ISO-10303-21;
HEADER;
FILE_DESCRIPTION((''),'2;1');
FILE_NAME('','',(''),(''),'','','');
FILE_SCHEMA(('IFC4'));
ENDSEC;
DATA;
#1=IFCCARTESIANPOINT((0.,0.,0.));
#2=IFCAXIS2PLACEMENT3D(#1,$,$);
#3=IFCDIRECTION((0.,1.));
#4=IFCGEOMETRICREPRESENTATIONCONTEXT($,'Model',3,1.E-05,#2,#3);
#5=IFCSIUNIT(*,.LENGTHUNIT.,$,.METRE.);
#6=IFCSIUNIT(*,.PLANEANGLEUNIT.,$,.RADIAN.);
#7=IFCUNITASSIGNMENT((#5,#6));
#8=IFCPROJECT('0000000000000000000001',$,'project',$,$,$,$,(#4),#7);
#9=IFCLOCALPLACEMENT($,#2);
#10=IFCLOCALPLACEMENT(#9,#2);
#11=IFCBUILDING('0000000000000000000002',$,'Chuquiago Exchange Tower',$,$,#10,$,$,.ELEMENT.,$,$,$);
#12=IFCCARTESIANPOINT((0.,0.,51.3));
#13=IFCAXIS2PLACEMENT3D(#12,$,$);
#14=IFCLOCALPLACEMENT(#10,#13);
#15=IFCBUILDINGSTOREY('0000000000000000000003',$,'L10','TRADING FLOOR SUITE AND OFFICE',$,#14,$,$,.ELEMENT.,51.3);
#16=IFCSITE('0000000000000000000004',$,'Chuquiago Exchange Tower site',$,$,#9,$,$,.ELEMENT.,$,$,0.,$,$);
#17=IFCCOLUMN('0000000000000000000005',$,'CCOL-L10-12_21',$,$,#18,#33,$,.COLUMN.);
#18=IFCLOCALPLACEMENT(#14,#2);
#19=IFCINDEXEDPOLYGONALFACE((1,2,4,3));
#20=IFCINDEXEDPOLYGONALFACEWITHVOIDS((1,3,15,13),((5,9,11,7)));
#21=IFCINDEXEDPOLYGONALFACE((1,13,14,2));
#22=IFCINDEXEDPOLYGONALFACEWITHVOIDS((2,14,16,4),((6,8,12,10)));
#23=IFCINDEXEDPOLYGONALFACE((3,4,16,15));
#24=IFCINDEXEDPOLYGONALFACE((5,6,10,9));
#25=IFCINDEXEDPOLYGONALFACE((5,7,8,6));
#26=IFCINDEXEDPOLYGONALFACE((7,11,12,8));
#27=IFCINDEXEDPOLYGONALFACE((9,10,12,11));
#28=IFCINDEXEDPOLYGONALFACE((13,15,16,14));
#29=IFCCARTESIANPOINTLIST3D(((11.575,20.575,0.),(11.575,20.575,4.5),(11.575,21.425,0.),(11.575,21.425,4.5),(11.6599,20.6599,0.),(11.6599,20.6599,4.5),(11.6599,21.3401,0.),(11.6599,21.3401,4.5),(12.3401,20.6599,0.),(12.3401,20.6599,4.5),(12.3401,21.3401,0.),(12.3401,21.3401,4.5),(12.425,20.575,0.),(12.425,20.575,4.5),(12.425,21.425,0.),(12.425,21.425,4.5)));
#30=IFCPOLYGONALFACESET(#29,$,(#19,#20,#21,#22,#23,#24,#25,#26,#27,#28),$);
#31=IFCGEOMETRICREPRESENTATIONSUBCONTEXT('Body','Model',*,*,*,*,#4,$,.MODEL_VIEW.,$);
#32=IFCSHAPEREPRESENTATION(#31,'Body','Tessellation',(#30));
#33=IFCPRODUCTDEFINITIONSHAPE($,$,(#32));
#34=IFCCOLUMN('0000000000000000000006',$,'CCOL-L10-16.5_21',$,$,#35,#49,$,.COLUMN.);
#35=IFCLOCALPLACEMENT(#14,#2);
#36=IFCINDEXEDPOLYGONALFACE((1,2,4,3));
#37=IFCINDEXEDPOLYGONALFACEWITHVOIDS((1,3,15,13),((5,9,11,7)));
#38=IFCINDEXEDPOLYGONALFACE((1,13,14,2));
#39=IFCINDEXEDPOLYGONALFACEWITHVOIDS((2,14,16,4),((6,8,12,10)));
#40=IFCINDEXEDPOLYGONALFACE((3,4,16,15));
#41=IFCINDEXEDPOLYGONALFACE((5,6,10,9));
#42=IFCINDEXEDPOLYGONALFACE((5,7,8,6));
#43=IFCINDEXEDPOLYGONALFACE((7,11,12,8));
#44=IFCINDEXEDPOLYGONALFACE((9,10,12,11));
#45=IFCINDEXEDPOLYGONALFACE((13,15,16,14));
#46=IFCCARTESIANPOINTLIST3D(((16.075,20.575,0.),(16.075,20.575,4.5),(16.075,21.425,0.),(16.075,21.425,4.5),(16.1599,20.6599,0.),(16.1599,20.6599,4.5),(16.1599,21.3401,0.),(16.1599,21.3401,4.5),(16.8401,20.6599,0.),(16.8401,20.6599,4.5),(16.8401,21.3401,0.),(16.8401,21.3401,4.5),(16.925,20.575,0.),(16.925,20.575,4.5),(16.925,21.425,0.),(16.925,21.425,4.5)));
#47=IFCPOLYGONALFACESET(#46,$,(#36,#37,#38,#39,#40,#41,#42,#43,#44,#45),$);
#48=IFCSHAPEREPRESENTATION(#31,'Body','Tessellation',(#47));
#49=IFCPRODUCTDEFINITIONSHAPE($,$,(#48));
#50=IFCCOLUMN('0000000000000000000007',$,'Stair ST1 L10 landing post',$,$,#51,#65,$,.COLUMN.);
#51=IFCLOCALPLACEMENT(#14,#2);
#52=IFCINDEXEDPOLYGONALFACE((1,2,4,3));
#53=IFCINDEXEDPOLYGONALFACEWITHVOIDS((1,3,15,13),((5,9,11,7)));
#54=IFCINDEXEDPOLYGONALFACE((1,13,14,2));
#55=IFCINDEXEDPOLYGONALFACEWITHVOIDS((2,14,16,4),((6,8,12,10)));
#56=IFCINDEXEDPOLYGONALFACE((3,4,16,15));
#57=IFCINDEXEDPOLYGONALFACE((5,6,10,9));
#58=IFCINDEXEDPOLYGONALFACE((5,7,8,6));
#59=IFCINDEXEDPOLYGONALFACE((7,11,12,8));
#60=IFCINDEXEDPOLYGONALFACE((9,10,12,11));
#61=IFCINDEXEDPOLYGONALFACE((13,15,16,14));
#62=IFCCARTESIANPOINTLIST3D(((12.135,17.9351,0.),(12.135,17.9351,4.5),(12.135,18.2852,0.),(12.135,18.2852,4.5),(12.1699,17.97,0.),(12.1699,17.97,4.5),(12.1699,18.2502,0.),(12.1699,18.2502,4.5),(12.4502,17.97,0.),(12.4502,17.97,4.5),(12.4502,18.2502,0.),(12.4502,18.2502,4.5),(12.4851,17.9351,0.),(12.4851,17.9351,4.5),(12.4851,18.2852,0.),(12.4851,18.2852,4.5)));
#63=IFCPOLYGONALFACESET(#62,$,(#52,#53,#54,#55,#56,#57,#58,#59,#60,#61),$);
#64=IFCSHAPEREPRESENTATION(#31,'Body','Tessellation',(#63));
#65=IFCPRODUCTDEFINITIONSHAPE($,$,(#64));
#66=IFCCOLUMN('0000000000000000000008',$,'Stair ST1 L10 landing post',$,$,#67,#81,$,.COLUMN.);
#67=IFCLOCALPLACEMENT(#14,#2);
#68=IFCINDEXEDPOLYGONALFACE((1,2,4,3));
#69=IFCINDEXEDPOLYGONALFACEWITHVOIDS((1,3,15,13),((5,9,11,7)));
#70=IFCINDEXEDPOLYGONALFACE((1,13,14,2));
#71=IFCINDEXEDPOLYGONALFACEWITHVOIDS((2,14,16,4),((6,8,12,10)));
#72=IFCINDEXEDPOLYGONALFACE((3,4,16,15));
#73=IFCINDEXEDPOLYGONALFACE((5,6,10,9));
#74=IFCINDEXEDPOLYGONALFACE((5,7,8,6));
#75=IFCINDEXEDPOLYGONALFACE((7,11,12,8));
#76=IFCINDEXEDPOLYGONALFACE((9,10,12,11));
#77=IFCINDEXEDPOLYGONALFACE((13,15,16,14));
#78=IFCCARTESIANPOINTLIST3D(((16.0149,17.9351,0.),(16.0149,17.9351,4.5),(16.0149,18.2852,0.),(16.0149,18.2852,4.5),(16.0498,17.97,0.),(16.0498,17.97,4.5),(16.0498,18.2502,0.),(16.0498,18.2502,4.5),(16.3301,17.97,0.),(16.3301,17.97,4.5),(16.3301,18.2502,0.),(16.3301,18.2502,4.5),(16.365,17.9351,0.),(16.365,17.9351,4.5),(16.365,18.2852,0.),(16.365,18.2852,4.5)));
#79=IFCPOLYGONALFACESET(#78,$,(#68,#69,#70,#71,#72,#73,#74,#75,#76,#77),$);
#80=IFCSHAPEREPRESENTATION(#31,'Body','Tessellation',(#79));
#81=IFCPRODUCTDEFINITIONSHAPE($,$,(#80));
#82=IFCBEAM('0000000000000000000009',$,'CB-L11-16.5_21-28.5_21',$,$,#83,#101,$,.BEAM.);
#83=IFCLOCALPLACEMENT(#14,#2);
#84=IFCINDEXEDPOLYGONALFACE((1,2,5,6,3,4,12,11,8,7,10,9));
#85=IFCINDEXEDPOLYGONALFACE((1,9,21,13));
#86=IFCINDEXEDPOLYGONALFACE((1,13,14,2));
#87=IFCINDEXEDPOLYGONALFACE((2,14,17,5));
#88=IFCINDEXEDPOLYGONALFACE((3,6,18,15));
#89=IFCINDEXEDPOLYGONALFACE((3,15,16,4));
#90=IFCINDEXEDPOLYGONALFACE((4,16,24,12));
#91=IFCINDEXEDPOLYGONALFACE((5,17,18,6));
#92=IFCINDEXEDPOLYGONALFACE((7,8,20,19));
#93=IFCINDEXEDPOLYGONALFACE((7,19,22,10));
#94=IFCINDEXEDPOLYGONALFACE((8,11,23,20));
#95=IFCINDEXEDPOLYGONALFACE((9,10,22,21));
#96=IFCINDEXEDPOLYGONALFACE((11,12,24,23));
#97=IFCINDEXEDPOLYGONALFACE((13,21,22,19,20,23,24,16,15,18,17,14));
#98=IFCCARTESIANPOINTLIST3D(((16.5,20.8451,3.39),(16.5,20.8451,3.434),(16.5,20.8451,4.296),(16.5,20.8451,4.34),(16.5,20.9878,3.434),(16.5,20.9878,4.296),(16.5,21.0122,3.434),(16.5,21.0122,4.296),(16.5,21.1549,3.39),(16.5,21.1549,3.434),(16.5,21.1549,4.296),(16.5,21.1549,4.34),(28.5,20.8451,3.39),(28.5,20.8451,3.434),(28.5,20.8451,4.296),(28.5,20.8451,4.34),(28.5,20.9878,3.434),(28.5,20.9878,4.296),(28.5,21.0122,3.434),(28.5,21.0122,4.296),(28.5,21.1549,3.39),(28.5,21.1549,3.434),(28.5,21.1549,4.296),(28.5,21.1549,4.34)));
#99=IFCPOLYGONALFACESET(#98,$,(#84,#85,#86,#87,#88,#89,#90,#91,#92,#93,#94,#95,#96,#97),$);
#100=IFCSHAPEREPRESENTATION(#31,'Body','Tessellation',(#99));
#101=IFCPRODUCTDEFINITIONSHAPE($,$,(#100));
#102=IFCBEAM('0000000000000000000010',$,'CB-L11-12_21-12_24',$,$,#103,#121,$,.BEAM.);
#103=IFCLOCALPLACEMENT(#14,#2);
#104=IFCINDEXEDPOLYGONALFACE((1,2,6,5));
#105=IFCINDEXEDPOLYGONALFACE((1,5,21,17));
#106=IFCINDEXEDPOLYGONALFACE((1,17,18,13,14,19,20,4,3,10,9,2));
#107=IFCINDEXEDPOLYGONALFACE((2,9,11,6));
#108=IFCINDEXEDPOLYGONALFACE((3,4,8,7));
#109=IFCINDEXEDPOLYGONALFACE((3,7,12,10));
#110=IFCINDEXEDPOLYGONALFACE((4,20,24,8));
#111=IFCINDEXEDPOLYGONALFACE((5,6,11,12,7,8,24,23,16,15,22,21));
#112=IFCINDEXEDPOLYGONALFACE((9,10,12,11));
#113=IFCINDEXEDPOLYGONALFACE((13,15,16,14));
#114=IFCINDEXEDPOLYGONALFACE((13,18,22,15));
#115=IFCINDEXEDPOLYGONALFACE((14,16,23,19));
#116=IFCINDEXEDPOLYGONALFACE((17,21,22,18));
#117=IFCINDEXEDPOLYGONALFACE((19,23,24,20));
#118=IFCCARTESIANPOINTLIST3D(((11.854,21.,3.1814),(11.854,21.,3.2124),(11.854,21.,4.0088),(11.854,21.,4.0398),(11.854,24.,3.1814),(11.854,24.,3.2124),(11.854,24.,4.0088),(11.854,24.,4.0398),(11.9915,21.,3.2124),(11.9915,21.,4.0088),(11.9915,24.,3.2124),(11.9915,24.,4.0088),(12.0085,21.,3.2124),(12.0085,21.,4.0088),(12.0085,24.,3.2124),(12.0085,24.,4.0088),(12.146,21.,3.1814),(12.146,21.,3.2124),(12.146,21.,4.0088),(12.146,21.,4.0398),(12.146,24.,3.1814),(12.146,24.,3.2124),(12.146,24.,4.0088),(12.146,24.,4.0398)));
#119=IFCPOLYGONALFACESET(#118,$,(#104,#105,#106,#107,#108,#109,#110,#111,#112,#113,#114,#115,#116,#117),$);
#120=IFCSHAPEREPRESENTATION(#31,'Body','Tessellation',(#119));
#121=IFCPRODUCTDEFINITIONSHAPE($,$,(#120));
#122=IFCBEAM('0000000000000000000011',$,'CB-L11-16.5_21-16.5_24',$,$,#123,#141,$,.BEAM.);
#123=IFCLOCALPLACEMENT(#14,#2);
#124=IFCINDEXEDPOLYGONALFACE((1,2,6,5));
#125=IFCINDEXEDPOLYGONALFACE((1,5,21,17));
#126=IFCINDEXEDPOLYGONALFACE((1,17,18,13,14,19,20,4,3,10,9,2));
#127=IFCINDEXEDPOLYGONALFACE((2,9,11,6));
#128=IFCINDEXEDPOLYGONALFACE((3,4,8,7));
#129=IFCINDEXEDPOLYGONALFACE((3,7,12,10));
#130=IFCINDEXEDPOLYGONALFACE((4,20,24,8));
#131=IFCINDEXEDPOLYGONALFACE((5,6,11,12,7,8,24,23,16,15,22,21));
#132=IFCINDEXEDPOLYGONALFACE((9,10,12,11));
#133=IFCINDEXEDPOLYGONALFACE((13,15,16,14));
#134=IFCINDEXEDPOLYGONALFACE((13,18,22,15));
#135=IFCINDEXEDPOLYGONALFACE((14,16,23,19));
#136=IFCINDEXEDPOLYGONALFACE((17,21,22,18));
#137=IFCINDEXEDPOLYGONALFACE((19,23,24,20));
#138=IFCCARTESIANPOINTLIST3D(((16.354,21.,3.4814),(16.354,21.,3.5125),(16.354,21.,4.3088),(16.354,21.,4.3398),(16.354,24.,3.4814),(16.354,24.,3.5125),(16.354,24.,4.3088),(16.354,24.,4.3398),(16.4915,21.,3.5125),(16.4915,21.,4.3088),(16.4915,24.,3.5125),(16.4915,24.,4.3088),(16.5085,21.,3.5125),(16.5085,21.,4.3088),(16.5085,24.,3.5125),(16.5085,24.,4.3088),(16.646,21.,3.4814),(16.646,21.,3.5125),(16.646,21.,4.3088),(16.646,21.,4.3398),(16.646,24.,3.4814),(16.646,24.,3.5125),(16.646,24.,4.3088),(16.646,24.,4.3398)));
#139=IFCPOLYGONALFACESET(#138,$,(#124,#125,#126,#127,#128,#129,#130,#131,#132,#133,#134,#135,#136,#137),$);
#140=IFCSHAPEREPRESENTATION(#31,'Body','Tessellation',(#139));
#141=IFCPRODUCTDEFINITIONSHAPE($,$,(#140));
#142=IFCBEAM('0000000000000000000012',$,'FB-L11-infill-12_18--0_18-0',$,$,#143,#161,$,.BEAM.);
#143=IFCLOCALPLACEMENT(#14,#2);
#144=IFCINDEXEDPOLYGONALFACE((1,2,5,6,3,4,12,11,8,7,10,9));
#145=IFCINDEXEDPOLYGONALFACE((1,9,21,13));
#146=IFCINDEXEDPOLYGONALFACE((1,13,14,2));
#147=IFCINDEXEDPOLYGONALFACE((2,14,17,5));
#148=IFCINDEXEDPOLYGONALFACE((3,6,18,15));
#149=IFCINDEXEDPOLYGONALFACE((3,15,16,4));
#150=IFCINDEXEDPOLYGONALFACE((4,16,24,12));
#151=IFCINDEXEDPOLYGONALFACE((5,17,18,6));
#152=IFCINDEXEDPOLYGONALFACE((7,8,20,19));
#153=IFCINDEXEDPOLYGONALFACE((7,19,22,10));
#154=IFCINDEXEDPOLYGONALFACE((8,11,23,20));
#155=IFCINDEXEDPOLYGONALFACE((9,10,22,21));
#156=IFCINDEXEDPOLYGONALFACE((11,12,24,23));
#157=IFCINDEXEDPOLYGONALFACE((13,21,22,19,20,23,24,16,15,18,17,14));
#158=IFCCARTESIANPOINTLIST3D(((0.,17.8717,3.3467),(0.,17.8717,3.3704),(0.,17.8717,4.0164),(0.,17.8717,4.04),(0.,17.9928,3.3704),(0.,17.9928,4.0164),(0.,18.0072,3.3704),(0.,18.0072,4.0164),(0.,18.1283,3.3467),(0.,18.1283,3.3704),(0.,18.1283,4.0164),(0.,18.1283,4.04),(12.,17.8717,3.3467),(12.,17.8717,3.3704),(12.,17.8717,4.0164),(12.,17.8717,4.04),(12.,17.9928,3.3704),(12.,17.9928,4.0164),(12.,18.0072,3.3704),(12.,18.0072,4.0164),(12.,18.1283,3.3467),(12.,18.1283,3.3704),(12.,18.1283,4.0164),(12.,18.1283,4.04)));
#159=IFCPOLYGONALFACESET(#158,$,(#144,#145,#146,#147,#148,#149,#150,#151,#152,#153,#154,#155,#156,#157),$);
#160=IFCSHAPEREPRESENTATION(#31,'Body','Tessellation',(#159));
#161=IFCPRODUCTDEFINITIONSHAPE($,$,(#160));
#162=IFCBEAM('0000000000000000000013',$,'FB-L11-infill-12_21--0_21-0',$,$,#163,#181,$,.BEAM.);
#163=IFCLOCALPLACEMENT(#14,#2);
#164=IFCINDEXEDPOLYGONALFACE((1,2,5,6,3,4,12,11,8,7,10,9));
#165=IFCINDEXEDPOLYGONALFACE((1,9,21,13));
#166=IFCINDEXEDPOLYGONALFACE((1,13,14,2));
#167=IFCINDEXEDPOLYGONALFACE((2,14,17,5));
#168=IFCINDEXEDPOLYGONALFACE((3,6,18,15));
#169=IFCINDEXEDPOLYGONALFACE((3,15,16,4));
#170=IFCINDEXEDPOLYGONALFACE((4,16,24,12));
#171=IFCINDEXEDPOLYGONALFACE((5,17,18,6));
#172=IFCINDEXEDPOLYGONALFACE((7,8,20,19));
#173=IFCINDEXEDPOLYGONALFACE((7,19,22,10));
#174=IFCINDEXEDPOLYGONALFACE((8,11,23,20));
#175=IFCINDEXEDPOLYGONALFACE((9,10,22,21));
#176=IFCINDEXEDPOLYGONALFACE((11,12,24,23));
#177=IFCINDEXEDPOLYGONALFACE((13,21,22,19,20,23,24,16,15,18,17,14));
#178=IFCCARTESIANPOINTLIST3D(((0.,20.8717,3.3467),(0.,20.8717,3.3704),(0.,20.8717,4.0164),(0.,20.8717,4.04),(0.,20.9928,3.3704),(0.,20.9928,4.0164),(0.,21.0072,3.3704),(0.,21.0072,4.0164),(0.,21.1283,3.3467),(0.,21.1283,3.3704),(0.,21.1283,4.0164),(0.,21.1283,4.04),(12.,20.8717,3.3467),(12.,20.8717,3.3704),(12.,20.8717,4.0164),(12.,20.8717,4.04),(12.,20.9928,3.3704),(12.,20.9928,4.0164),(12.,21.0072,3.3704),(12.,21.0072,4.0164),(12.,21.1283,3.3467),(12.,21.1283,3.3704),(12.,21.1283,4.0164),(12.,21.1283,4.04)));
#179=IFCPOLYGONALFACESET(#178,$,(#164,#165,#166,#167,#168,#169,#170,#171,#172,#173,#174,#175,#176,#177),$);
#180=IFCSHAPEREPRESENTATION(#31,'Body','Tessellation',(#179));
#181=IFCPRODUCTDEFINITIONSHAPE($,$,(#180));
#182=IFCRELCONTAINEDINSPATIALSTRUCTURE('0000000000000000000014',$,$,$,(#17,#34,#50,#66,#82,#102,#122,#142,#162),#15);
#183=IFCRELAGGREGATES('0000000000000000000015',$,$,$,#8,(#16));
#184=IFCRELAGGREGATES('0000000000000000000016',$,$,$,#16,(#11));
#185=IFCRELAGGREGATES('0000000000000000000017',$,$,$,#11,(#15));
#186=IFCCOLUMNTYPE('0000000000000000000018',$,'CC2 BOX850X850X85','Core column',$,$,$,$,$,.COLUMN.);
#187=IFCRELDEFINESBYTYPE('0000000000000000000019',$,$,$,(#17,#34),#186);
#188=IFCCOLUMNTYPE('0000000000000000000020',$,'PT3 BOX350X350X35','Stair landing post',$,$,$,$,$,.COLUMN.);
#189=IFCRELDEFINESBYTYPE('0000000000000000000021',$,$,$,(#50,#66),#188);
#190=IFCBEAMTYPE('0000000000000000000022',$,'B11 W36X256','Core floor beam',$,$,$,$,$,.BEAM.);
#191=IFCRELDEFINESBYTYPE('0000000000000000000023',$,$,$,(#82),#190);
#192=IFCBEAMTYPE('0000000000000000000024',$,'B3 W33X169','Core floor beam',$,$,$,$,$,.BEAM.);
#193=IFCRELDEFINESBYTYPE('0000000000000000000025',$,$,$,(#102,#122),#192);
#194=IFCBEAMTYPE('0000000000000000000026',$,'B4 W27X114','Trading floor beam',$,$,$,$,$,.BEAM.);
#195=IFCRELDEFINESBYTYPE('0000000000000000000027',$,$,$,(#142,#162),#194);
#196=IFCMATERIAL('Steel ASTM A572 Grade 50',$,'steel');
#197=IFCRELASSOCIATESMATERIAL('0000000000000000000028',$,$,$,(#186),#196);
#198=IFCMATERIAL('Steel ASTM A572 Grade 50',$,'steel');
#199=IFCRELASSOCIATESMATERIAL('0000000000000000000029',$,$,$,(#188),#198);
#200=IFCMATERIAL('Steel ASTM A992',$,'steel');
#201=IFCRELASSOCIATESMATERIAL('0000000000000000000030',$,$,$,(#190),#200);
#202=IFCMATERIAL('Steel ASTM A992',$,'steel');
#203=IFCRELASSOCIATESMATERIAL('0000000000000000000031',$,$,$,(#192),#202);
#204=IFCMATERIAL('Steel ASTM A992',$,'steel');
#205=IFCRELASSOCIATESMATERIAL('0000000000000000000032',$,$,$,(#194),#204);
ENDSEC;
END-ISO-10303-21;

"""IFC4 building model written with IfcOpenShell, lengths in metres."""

from ifc_helpers import new_model, si_unit, direction, frame, origin, origin_2d, place, context, subcontext, project, spatial, hollow_rectangle, i_section, extrude, material, material_profile, profile_set, type_object, element, save


model = new_model("IFC4")

# Units and contexts
model_context = context("Model", 3, precision=1e-05, world=origin(), true_north=direction((0.0, 1.0)))
body_context = subcontext(model_context, "Body", "Model", "MODEL_VIEW")
ifc_project = project(units=[si_unit("LENGTHUNIT", "METRE"), si_unit("PLANEANGLEUNIT", "RADIAN")], contexts=[model_context])

# Site, building, storey
site_placement = place(None, origin())
site = spatial("IfcSite", under=ifc_project, at=site_placement, Name="Chuquiago Exchange Tower site", CompositionType="ELEMENT", RefElevation=0.0)
building_placement = place(site_placement, origin())
building = spatial("IfcBuilding", under=site, at=building_placement, Name="Chuquiago Exchange Tower", CompositionType="ELEMENT")
storey_placement = place(building_placement, frame((0.0, 0.0, 51.3)))
storey = spatial("IfcBuildingStorey", under=building, at=storey_placement, Name="L10", Description="TRADING FLOOR SUITE AND OFFICE", CompositionType="ELEMENT", Elevation=51.3)

# Columns
ifc_material_1 = material(Name="Steel ASTM A572 Grade 50", Category="steel")
ifc_material_profile_1 = material_profile(ifc_material_1, hollow_rectangle(XDim=0.8501, YDim=0.8501, WallThickness=0.085, at=origin_2d()), Name="BOX850X850X85")
ifc_profile_set_1 = profile_set([ifc_material_profile_1], Name="Steel ASTM A572 Grade 50")
column_type_1 = type_object("IfcColumnType", Name="CC2 BOX850X850X85", Description="Core column", PredefinedType="COLUMN", material=ifc_profile_set_1)
for number, where, z_axis, x_axis, name in (
    (1, (12.0, 21.0, 0.0), (0.0, 0.0, 1.0), (1.0, 0.0, 0.0), "CCOL-L10-12_21"),
    (2, (16.5, 21.0, 0.0), (0.0, 0.0, 1.0), (1.0, 0.0, 0.0), "CCOL-L10-16.5_21"),
):
    element("IfcColumn", number, at=place(storey_placement, frame(where, z_axis=z_axis, x_axis=x_axis)), inside=storey, type_object=column_type_1, Name=name, PredefinedType="COLUMN", context=body_context, shape_type="SweptSolid", body=[
        extrude(hollow_rectangle(XDim=0.8501, YDim=0.8501, WallThickness=0.085, at=origin_2d()), origin(), (0.0, 0.0, 1.0), 4.5),
    ])
ifc_material_2 = material(Name="Steel ASTM A572 Grade 50", Category="steel")
ifc_material_profile_2 = material_profile(ifc_material_2, hollow_rectangle(XDim=0.3501, YDim=0.3501, WallThickness=0.0349, at=origin_2d()), Name="BOX350X350X35")
ifc_profile_set_2 = profile_set([ifc_material_profile_2], Name="Steel ASTM A572 Grade 50")
column_type_2 = type_object("IfcColumnType", Name="PT3 BOX350X350X35", Description="Stair landing post", PredefinedType="COLUMN", material=ifc_profile_set_2)
for number, where, z_axis, x_axis, name in (
    (3, (12.3101, 18.1101, 0.0), (0.0, 0.0, 1.0), (1.0, 0.0, 0.0), "Stair ST1 L10 landing post"),
    (4, (16.1899, 18.1101, 0.0), (0.0, 0.0, 1.0), (1.0, 0.0, 0.0), "Stair ST1 L10 landing post"),
):
    element("IfcColumn", number, at=place(storey_placement, frame(where, z_axis=z_axis, x_axis=x_axis)), inside=storey, type_object=column_type_2, Name=name, PredefinedType="COLUMN", context=body_context, shape_type="SweptSolid", body=[
        extrude(hollow_rectangle(XDim=0.3501, YDim=0.3501, WallThickness=0.0349, at=origin_2d()), origin(), (0.0, 0.0, 1.0), 4.5),
    ])

# Beams
ifc_material_3 = material(Name="Steel ASTM A992", Category="steel")
ifc_material_profile_3 = material_profile(ifc_material_3, i_section(OverallWidth=0.3098, OverallDepth=0.95, WebThickness=0.0244, FlangeThickness=0.0439, at=origin_2d()), Name="W36X256")
ifc_profile_set_3 = profile_set([ifc_material_profile_3], Name="Steel ASTM A992")
beam_type_1 = type_object("IfcBeamType", Name="B11 W36X256", Description="Core floor beam", PredefinedType="BEAM", material=ifc_profile_set_3)
beam_1_placement = place(storey_placement, frame((16.5, 21.0, 3.865), z_axis=(1.0, 0.0, 0.0), x_axis=(0.0, 1.0, 0.0)))
element("IfcBeam", 5, at=beam_1_placement, inside=storey, type_object=beam_type_1, Name="CB-L11-16.5_21-28.5_21", PredefinedType="BEAM", context=body_context, shape_type="SweptSolid", body=[
    extrude(i_section(OverallWidth=0.3098, OverallDepth=0.95, WebThickness=0.0244, FlangeThickness=0.0439, at=origin_2d()), origin(), (0.0, 0.0, 1.0), 12.0),
])
ifc_material_4 = material(Name="Steel ASTM A992", Category="steel")
ifc_material_profile_4 = material_profile(ifc_material_4, i_section(OverallWidth=0.292, OverallDepth=0.8584, WebThickness=0.0171, FlangeThickness=0.031, at=origin_2d()), Name="W33X169")
ifc_profile_set_4 = profile_set([ifc_material_profile_4], Name="Steel ASTM A992")
beam_type_2 = type_object("IfcBeamType", Name="B3 W33X169", Description="Core floor beam", PredefinedType="BEAM", material=ifc_profile_set_4)
for number, where, z_axis, x_axis, name in (
    (6, (12.0, 21.0, 3.6106), (0.0, 1.0, 0.0), (-1.0, 0.0, 0.0), "CB-L11-12_21-12_24"),
    (7, (16.5, 21.0, 3.9106), (0.0, 1.0, 0.0), (-1.0, 0.0, 0.0), "CB-L11-16.5_21-16.5_24"),
):
    element("IfcBeam", number, at=place(storey_placement, frame(where, z_axis=z_axis, x_axis=x_axis)), inside=storey, type_object=beam_type_2, Name=name, PredefinedType="BEAM", context=body_context, shape_type="SweptSolid", body=[
        extrude(i_section(OverallWidth=0.292, OverallDepth=0.8584, WebThickness=0.0171, FlangeThickness=0.031, at=origin_2d()), origin(), (0.0, 0.0, 1.0), 3.0),
    ])
ifc_material_5 = material(Name="Steel ASTM A992", Category="steel")
ifc_material_profile_5 = material_profile(ifc_material_5, i_section(OverallWidth=0.2566, OverallDepth=0.6934, WebThickness=0.0144, FlangeThickness=0.0237, at=origin_2d()), Name="W27X114")
ifc_profile_set_5 = profile_set([ifc_material_profile_5], Name="Steel ASTM A992")
beam_type_3 = type_object("IfcBeamType", Name="B4 W27X114", Description="Trading floor beam", PredefinedType="BEAM", material=ifc_profile_set_5)
for number, where, z_axis, x_axis, name in (
    (8, (12.0, 18.0, 3.6934), (-1.0, 0.0, 0.0), (0.0, -1.0, 0.0), "FB-L11-infill-12_18--0_18-0"),
    (9, (12.0, 21.0, 3.6934), (-1.0, 0.0, 0.0), (0.0, -1.0, 0.0), "FB-L11-infill-12_21--0_21-0"),
):
    element("IfcBeam", number, at=place(storey_placement, frame(where, z_axis=z_axis, x_axis=x_axis)), inside=storey, type_object=beam_type_3, Name=name, PredefinedType="BEAM", context=body_context, shape_type="SweptSolid", body=[
        extrude(i_section(OverallWidth=0.2566, OverallDepth=0.6934, WebThickness=0.0144, FlangeThickness=0.0237, at=origin_2d()), origin(), (0.0, 0.0, 1.0), 12.0),
    ])

save(model, "model.ifc")
